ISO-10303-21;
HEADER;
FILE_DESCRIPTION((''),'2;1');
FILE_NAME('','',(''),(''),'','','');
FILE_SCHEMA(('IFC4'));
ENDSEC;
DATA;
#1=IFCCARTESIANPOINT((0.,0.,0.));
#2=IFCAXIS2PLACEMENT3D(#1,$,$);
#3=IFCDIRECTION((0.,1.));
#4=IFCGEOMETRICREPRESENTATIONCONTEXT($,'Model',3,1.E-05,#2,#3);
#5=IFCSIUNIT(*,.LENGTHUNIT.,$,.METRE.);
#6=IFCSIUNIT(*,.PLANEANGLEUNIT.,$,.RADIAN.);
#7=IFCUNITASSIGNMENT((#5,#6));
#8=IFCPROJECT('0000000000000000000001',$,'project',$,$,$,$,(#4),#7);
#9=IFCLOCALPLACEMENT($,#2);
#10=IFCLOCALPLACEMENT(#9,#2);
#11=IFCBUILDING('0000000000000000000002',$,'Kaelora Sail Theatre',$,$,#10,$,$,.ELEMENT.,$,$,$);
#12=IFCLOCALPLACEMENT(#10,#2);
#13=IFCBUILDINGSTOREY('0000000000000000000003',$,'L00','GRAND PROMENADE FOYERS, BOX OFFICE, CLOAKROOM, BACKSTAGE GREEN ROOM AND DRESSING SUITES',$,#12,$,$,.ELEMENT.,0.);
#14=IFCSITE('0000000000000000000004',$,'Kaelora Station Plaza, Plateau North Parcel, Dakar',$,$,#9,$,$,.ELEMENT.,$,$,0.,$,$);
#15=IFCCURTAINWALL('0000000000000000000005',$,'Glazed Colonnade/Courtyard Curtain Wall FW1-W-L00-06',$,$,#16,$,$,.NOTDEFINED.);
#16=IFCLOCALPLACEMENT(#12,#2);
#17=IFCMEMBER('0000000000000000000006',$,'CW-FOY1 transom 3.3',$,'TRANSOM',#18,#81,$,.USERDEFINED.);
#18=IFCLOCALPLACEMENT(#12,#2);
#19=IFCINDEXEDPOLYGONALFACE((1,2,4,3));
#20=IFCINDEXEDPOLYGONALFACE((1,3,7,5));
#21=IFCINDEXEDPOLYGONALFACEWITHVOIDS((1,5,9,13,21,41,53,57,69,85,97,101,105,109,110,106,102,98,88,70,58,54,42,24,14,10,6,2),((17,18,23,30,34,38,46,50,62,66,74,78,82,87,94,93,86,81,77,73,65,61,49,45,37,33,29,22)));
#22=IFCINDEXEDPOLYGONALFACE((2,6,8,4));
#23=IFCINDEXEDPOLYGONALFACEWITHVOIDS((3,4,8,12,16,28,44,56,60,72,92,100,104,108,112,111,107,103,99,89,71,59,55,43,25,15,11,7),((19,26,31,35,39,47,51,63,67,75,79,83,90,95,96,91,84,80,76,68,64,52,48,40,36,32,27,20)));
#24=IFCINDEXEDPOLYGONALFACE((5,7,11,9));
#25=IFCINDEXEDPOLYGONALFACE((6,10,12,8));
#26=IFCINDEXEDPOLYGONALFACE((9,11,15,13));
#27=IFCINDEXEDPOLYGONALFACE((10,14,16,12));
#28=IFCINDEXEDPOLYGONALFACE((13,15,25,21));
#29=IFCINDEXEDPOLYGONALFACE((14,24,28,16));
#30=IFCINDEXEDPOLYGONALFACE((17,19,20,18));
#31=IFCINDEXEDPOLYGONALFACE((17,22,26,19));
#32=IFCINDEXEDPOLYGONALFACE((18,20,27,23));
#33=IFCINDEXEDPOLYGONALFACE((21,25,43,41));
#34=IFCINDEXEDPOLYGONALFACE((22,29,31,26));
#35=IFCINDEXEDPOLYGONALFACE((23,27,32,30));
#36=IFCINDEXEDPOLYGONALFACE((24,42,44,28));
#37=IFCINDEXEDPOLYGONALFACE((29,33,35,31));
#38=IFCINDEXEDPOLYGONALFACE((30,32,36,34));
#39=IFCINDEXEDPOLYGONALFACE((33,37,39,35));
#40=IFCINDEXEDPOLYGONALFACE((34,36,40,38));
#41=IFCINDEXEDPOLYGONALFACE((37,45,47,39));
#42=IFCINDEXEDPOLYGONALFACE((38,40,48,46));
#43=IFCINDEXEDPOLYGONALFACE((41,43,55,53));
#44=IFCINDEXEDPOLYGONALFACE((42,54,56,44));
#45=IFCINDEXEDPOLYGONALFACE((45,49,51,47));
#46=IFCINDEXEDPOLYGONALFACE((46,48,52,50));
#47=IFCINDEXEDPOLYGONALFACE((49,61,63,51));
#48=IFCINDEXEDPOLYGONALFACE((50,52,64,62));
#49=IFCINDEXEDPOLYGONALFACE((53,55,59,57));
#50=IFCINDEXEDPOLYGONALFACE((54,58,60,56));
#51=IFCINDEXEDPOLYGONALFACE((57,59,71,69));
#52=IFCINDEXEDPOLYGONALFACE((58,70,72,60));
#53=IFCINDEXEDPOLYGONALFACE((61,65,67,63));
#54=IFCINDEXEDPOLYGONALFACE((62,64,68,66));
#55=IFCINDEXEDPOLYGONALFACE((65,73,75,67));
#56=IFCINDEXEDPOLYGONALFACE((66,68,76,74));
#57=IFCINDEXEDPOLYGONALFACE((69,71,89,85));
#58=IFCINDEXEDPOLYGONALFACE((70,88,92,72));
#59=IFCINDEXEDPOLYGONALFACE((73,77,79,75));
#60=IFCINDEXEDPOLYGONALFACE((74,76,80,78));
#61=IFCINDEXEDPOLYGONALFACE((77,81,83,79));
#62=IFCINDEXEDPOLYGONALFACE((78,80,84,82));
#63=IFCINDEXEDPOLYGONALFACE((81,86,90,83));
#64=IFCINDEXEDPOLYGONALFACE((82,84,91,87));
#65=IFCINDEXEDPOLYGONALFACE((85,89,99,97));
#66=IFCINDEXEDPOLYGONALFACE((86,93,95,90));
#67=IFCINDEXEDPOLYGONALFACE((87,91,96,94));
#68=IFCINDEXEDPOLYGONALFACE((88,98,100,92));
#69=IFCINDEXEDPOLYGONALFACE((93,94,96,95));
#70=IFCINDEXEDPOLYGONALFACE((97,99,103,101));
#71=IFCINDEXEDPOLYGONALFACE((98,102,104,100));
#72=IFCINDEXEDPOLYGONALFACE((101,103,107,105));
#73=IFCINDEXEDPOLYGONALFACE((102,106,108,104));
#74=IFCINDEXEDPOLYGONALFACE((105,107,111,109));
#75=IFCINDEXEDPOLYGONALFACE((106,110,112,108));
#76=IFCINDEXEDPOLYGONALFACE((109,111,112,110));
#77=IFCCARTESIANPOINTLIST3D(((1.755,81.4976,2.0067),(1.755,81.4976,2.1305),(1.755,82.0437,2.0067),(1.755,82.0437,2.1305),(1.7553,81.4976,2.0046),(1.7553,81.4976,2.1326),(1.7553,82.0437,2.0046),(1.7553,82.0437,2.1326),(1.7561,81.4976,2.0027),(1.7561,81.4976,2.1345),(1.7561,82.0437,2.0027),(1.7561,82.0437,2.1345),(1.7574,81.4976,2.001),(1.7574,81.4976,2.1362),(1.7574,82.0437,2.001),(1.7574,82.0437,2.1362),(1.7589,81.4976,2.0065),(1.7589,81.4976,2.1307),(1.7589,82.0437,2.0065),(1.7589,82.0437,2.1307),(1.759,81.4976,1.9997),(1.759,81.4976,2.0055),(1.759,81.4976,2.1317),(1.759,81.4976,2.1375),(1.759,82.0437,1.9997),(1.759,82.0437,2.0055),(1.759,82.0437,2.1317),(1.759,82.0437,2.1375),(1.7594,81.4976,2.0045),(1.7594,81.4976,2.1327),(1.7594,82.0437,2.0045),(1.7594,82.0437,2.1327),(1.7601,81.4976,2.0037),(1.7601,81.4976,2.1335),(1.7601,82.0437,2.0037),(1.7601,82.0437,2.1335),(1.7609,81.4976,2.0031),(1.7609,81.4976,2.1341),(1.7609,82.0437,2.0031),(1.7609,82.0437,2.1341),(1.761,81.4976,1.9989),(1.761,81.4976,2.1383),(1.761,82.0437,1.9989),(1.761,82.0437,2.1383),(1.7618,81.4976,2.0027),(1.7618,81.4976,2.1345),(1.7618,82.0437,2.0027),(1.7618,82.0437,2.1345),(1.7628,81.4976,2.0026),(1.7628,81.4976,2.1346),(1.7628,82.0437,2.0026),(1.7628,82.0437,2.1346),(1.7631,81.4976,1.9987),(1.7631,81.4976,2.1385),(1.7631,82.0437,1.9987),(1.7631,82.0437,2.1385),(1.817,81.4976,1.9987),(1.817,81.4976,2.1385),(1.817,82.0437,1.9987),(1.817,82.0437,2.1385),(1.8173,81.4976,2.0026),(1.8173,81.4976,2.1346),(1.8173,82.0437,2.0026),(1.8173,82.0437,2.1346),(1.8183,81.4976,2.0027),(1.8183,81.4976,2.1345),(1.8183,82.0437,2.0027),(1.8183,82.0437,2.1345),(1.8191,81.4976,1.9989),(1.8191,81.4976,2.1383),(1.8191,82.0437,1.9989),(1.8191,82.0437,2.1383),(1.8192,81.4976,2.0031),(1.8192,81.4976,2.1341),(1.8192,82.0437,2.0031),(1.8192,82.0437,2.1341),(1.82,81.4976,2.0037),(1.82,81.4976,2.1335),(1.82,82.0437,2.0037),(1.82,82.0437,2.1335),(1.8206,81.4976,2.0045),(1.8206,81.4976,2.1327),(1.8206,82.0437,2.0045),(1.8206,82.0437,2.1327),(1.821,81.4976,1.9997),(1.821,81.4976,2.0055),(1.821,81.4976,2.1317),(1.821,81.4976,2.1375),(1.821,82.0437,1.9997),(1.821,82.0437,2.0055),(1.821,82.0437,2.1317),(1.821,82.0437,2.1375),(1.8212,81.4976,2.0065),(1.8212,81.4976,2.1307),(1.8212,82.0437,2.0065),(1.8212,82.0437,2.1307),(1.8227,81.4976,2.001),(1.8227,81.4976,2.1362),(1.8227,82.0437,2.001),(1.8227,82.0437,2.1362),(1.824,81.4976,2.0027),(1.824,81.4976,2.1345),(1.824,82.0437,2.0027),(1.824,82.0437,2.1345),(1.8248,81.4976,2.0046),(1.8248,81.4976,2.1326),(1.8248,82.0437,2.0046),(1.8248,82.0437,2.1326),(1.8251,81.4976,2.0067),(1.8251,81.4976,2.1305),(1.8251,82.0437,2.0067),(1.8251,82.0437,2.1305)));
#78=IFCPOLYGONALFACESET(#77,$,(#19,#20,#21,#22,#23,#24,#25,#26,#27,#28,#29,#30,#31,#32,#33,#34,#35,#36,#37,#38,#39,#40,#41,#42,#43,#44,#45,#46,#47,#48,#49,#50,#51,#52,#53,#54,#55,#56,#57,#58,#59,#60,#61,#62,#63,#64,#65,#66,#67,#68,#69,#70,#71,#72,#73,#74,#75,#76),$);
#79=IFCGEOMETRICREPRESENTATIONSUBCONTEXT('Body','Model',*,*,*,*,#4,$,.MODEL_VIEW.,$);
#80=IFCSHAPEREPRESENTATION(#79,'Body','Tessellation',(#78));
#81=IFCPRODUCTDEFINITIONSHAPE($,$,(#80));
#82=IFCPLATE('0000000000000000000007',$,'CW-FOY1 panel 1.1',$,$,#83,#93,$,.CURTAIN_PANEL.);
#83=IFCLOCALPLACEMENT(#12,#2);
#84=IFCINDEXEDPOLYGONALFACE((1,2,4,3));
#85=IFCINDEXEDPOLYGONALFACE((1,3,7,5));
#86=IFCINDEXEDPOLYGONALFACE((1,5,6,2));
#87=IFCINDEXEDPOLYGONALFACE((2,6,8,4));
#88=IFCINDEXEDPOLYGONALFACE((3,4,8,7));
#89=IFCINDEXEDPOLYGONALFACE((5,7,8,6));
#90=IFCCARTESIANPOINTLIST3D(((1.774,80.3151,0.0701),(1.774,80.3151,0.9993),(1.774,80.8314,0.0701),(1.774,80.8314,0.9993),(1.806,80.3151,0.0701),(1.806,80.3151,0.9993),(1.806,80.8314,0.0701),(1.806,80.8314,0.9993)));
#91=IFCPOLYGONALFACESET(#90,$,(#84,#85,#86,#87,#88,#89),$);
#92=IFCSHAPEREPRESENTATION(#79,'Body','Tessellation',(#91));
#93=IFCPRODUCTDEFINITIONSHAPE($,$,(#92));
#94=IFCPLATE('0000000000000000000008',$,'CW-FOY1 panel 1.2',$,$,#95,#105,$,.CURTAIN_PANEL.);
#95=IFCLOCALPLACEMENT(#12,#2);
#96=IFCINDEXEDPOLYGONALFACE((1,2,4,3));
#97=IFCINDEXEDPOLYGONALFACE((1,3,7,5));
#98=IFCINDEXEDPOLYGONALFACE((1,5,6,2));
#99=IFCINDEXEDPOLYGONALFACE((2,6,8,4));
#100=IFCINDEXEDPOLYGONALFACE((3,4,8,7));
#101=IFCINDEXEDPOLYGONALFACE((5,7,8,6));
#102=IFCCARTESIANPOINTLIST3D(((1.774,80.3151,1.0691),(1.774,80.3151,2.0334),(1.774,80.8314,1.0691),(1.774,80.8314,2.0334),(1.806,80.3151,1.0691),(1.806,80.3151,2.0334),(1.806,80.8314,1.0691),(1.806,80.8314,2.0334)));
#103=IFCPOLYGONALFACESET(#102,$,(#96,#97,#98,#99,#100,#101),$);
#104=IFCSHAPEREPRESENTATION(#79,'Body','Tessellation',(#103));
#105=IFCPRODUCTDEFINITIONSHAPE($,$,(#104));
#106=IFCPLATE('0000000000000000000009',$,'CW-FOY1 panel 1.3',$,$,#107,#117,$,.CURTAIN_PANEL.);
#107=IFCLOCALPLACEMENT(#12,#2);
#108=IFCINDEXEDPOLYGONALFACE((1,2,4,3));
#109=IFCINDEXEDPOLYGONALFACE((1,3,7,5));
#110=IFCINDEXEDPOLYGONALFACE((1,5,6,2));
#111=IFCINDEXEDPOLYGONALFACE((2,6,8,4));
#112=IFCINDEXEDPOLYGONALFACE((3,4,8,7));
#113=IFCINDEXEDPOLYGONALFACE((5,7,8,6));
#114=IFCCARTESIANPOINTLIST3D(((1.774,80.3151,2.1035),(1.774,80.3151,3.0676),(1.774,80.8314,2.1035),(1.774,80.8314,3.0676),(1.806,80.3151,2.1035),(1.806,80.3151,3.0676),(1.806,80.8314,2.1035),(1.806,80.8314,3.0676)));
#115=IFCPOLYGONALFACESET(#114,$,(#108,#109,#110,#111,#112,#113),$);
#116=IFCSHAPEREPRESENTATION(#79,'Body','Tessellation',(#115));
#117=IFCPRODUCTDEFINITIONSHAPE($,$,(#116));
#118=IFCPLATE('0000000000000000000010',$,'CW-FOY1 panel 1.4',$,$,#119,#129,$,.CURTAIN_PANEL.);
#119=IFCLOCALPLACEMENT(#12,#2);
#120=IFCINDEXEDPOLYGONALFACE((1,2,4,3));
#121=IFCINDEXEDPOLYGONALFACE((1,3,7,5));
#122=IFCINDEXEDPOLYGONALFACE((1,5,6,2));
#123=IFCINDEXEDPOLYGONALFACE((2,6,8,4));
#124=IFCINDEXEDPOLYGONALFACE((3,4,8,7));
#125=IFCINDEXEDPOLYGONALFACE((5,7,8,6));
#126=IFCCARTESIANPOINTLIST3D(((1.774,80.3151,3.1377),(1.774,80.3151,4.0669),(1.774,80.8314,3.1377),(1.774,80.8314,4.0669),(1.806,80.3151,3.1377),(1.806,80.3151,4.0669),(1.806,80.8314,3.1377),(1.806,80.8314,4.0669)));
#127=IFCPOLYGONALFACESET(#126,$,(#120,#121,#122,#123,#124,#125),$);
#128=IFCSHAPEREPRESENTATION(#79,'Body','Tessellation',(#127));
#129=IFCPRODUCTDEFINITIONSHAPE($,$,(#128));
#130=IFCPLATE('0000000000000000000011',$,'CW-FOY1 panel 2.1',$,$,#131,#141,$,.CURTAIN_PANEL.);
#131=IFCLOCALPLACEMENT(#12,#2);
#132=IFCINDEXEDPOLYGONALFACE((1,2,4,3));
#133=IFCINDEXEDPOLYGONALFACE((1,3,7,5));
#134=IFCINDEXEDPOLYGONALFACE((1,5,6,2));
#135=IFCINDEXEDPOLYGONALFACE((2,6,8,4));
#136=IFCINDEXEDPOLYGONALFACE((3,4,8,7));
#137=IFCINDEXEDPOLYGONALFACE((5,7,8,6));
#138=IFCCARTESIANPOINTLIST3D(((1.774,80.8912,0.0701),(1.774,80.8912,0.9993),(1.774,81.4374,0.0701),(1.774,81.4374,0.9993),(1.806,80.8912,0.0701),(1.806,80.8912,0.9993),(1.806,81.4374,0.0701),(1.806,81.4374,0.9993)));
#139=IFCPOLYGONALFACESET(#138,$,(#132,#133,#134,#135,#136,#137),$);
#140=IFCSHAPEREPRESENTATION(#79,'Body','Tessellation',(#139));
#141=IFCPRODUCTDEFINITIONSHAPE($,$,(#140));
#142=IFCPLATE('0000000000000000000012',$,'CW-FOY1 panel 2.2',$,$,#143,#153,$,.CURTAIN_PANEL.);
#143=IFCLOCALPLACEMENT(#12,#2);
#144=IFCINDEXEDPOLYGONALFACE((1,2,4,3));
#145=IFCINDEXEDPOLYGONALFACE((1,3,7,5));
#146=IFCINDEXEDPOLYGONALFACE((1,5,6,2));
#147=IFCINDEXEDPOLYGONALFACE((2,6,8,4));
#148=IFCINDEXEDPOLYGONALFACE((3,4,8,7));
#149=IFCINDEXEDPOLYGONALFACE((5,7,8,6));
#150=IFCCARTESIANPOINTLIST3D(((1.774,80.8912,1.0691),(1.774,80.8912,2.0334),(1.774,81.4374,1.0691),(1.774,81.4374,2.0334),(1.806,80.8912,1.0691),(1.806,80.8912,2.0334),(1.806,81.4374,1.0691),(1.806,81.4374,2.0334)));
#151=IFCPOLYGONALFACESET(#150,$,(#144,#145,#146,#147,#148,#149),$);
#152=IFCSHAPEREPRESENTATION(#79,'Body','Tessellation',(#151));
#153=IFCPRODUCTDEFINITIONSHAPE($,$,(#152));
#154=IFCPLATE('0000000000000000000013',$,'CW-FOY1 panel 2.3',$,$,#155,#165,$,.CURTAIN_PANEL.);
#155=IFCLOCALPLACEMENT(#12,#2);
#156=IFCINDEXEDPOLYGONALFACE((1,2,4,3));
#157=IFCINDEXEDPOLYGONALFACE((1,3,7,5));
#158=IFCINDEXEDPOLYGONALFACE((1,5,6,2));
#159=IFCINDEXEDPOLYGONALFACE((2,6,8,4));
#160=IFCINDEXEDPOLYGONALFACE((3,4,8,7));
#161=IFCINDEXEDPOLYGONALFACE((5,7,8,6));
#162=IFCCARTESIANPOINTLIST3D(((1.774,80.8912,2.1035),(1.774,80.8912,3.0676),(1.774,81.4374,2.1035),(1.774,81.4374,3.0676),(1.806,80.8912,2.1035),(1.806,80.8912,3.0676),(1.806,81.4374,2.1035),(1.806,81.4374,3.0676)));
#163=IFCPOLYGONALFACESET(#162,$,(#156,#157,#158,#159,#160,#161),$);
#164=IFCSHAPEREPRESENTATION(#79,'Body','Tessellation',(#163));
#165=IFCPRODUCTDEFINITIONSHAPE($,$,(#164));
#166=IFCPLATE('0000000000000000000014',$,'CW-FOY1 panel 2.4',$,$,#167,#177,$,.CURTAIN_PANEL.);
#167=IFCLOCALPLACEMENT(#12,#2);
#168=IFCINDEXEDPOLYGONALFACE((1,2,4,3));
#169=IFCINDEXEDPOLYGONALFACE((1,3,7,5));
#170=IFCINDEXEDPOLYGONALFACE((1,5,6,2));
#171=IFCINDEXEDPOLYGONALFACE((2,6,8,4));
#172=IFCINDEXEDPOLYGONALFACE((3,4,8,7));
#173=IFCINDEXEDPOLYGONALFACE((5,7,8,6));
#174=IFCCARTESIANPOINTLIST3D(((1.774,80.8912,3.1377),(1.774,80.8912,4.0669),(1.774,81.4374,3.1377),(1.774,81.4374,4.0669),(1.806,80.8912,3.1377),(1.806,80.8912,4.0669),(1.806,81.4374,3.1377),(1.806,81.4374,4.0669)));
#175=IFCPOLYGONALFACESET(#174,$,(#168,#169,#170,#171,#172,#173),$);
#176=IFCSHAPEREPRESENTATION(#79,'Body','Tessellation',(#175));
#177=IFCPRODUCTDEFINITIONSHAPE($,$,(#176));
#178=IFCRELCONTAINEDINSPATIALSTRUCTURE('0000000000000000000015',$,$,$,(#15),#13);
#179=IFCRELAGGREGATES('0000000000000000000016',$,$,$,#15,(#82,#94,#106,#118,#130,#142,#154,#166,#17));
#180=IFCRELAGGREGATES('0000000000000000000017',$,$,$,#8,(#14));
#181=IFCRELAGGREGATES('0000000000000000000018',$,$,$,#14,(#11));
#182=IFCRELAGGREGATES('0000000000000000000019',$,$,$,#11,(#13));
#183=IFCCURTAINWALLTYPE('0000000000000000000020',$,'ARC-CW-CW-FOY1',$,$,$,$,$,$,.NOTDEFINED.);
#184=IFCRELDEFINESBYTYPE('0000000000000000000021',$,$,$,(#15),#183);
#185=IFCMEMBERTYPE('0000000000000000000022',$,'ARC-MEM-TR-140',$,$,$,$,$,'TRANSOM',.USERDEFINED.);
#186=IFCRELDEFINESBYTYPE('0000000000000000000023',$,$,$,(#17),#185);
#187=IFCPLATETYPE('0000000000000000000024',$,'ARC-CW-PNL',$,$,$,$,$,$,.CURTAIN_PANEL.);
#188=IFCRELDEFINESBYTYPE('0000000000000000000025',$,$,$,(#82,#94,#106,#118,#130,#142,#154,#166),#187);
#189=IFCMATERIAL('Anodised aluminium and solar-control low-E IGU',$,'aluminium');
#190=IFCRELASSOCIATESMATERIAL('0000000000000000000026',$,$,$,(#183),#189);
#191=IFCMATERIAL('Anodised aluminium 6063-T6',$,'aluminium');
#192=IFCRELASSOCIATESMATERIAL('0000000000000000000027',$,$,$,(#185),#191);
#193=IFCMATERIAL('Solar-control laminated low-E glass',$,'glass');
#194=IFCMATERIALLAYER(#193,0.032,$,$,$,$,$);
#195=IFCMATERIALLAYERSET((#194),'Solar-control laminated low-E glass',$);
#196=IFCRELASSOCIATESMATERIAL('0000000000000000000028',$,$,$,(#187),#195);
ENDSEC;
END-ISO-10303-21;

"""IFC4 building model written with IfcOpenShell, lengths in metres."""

from ifc_helpers import new_model, si_unit, direction, frame, origin, origin_2d, place, context, subcontext, project, spatial, rectangle, hollow_rectangle, extrude, material, layer, layer_set, material_profile, profile_set, type_object, element, aggregate, save


model = new_model("IFC4")

# Units and contexts
model_context = context("Model", 3, precision=1e-05, world=origin(), true_north=direction((0.0, 1.0)))
body_context = subcontext(model_context, "Body", "Model", "MODEL_VIEW")
ifc_project = project(units=[si_unit("LENGTHUNIT", "METRE"), si_unit("PLANEANGLEUNIT", "RADIAN")], contexts=[model_context])

# Site, building, storey
site_placement = place(None, origin())
site = spatial("IfcSite", under=ifc_project, at=site_placement, Name="Kaelora Station Plaza, Plateau North Parcel, Dakar", CompositionType="ELEMENT", RefElevation=0.0)
building_placement = place(site_placement, origin())
building = spatial("IfcBuilding", under=site, at=building_placement, Name="Kaelora Sail Theatre", CompositionType="ELEMENT")
storey_placement = place(building_placement, origin())
storey = spatial("IfcBuildingStorey", under=building, at=storey_placement, Name="L00", Description="GRAND PROMENADE FOYERS, BOX OFFICE, CLOAKROOM, BACKSTAGE GREEN ROOM AND DRESSING SUITES", CompositionType="ELEMENT", Elevation=0.0)

# Curtain wall, member, plates
ifc_material_1 = material(Name="Anodised aluminium and solar-control low-E IGU", Category="aluminium")
curtain_wall_type = type_object("IfcCurtainWallType", Name="ARC-CW-CW-FOY1", PredefinedType="NOTDEFINED", material=ifc_material_1)
curtain_wall_placement = place(storey_placement, origin())
curtain_wall = element("IfcCurtainWall", 1, at=curtain_wall_placement, inside=storey, type_object=curtain_wall_type, Name="Glazed Colonnade/Courtyard Curtain Wall FW1-W-L00-06", PredefinedType="NOTDEFINED")
ifc_material_2 = material(Name="Anodised aluminium 6063-T6", Category="aluminium")
ifc_material_profile_1 = material_profile(ifc_material_2, hollow_rectangle(XDim=0.0701, YDim=0.1399, WallThickness=0.0039, InnerFilletRadius=0.0039, OuterFilletRadius=0.0081, at=origin_2d()), Name="ALU-TRAN 70x140x4")
ifc_profile_set_1 = profile_set([ifc_material_profile_1], Name="Anodised aluminium 6063-T6")
member_type_1 = type_object("IfcMemberType", Name="ARC-MEM-TR-140", ElementType="TRANSOM", PredefinedType="USERDEFINED", material=ifc_profile_set_1)
member_1_placement = place(storey_placement, frame((1.79, 81.4976, 2.0686), z_axis=(0.0, 1.0, 0.0), x_axis=(-1.0, 0.0, 0.0)))
member_1 = element("IfcMember", 2, at=member_1_placement, type_object=member_type_1, Name="CW-FOY1 transom 3.3", ObjectType="TRANSOM", PredefinedType="USERDEFINED", context=body_context, shape_type="SweptSolid", body=[
    extrude(hollow_rectangle(XDim=0.0701, YDim=0.1399, WallThickness=0.0039, InnerFilletRadius=0.0039, OuterFilletRadius=0.0081, at=origin_2d()), origin(), (0.0, 0.0, 1.0), 0.5461),
])
ifc_material_3 = material(Name="Solar-control laminated low-E glass", Category="glass")
ifc_layer = layer(ifc_material_3, 0.032)
ifc_layer_set = layer_set([ifc_layer], Name="Solar-control laminated low-E glass")
plate_type = type_object("IfcPlateType", Name="ARC-CW-PNL", PredefinedType="CURTAIN_PANEL", material=ifc_layer_set)
plate_1_placement = place(storey_placement, frame((1.79, 80.5732, 0.0701), z_axis=(0.0, 0.0, 1.0), x_axis=(0.0, 1.0, 0.0)))
plate_1 = element("IfcPlate", 3, at=plate_1_placement, type_object=plate_type, Name="CW-FOY1 panel 1.1", PredefinedType="CURTAIN_PANEL", context=body_context, shape_type="SweptSolid", body=[
    extrude(rectangle(XDim=0.5164, YDim=0.032, at=origin_2d()), origin(), (0.0, 0.0, 1.0), 0.9292),
])
plate_2_placement = place(storey_placement, frame((1.79, 80.5732, 1.0691), z_axis=(0.0, 0.0, 1.0), x_axis=(0.0, 1.0, 0.0)))
plate_2 = element("IfcPlate", 4, at=plate_2_placement, type_object=plate_type, Name="CW-FOY1 panel 1.2", PredefinedType="CURTAIN_PANEL", context=body_context, shape_type="SweptSolid", body=[
    extrude(rectangle(XDim=0.5164, YDim=0.032, at=origin_2d()), origin(), (0.0, 0.0, 1.0), 0.9644),
])
plate_3_placement = place(storey_placement, frame((1.79, 80.5732, 2.1035), z_axis=(0.0, 0.0, 1.0), x_axis=(0.0, 1.0, 0.0)))
plate_3 = element("IfcPlate", 5, at=plate_3_placement, type_object=plate_type, Name="CW-FOY1 panel 1.3", PredefinedType="CURTAIN_PANEL", context=body_context, shape_type="SweptSolid", body=[
    extrude(rectangle(XDim=0.5164, YDim=0.032, at=origin_2d()), origin(), (0.0, 0.0, 1.0), 0.9641),
])
plate_4_placement = place(storey_placement, frame((1.79, 80.5732, 3.1377), z_axis=(0.0, 0.0, 1.0), x_axis=(0.0, 1.0, 0.0)))
plate_4 = element("IfcPlate", 6, at=plate_4_placement, type_object=plate_type, Name="CW-FOY1 panel 1.4", PredefinedType="CURTAIN_PANEL", context=body_context, shape_type="SweptSolid", body=[
    extrude(rectangle(XDim=0.5164, YDim=0.032, at=origin_2d()), origin(), (0.0, 0.0, 1.0), 0.9292),
])
plate_5_placement = place(storey_placement, frame((1.79, 81.1643, 0.0701), z_axis=(0.0, 0.0, 1.0), x_axis=(0.0, 1.0, 0.0)))
plate_5 = element("IfcPlate", 7, at=plate_5_placement, type_object=plate_type, Name="CW-FOY1 panel 2.1", PredefinedType="CURTAIN_PANEL", context=body_context, shape_type="SweptSolid", body=[
    extrude(rectangle(XDim=0.5461, YDim=0.032, at=origin_2d()), origin(), (0.0, 0.0, 1.0), 0.9292),
])
plate_6_placement = place(storey_placement, frame((1.79, 81.1643, 1.0691), z_axis=(0.0, 0.0, 1.0), x_axis=(0.0, 1.0, 0.0)))
plate_6 = element("IfcPlate", 8, at=plate_6_placement, type_object=plate_type, Name="CW-FOY1 panel 2.2", PredefinedType="CURTAIN_PANEL", context=body_context, shape_type="SweptSolid", body=[
    extrude(rectangle(XDim=0.5461, YDim=0.032, at=origin_2d()), origin(), (0.0, 0.0, 1.0), 0.9644),
])
plate_7_placement = place(storey_placement, frame((1.79, 81.1643, 2.1035), z_axis=(0.0, 0.0, 1.0), x_axis=(0.0, 1.0, 0.0)))
plate_7 = element("IfcPlate", 9, at=plate_7_placement, type_object=plate_type, Name="CW-FOY1 panel 2.3", PredefinedType="CURTAIN_PANEL", context=body_context, shape_type="SweptSolid", body=[
    extrude(rectangle(XDim=0.5461, YDim=0.032, at=origin_2d()), origin(), (0.0, 0.0, 1.0), 0.9641),
])
plate_8_placement = place(storey_placement, frame((1.79, 81.1643, 3.1377), z_axis=(0.0, 0.0, 1.0), x_axis=(0.0, 1.0, 0.0)))
plate_8 = element("IfcPlate", 10, at=plate_8_placement, type_object=plate_type, Name="CW-FOY1 panel 2.4", PredefinedType="CURTAIN_PANEL", context=body_context, shape_type="SweptSolid", body=[
    extrude(rectangle(XDim=0.5461, YDim=0.032, at=origin_2d()), origin(), (0.0, 0.0, 1.0), 0.9292),
])
aggregate(curtain_wall, [plate_1, plate_2, plate_3, plate_4, plate_5, plate_6, plate_7, plate_8, member_1])

save(model, "model.ifc")
